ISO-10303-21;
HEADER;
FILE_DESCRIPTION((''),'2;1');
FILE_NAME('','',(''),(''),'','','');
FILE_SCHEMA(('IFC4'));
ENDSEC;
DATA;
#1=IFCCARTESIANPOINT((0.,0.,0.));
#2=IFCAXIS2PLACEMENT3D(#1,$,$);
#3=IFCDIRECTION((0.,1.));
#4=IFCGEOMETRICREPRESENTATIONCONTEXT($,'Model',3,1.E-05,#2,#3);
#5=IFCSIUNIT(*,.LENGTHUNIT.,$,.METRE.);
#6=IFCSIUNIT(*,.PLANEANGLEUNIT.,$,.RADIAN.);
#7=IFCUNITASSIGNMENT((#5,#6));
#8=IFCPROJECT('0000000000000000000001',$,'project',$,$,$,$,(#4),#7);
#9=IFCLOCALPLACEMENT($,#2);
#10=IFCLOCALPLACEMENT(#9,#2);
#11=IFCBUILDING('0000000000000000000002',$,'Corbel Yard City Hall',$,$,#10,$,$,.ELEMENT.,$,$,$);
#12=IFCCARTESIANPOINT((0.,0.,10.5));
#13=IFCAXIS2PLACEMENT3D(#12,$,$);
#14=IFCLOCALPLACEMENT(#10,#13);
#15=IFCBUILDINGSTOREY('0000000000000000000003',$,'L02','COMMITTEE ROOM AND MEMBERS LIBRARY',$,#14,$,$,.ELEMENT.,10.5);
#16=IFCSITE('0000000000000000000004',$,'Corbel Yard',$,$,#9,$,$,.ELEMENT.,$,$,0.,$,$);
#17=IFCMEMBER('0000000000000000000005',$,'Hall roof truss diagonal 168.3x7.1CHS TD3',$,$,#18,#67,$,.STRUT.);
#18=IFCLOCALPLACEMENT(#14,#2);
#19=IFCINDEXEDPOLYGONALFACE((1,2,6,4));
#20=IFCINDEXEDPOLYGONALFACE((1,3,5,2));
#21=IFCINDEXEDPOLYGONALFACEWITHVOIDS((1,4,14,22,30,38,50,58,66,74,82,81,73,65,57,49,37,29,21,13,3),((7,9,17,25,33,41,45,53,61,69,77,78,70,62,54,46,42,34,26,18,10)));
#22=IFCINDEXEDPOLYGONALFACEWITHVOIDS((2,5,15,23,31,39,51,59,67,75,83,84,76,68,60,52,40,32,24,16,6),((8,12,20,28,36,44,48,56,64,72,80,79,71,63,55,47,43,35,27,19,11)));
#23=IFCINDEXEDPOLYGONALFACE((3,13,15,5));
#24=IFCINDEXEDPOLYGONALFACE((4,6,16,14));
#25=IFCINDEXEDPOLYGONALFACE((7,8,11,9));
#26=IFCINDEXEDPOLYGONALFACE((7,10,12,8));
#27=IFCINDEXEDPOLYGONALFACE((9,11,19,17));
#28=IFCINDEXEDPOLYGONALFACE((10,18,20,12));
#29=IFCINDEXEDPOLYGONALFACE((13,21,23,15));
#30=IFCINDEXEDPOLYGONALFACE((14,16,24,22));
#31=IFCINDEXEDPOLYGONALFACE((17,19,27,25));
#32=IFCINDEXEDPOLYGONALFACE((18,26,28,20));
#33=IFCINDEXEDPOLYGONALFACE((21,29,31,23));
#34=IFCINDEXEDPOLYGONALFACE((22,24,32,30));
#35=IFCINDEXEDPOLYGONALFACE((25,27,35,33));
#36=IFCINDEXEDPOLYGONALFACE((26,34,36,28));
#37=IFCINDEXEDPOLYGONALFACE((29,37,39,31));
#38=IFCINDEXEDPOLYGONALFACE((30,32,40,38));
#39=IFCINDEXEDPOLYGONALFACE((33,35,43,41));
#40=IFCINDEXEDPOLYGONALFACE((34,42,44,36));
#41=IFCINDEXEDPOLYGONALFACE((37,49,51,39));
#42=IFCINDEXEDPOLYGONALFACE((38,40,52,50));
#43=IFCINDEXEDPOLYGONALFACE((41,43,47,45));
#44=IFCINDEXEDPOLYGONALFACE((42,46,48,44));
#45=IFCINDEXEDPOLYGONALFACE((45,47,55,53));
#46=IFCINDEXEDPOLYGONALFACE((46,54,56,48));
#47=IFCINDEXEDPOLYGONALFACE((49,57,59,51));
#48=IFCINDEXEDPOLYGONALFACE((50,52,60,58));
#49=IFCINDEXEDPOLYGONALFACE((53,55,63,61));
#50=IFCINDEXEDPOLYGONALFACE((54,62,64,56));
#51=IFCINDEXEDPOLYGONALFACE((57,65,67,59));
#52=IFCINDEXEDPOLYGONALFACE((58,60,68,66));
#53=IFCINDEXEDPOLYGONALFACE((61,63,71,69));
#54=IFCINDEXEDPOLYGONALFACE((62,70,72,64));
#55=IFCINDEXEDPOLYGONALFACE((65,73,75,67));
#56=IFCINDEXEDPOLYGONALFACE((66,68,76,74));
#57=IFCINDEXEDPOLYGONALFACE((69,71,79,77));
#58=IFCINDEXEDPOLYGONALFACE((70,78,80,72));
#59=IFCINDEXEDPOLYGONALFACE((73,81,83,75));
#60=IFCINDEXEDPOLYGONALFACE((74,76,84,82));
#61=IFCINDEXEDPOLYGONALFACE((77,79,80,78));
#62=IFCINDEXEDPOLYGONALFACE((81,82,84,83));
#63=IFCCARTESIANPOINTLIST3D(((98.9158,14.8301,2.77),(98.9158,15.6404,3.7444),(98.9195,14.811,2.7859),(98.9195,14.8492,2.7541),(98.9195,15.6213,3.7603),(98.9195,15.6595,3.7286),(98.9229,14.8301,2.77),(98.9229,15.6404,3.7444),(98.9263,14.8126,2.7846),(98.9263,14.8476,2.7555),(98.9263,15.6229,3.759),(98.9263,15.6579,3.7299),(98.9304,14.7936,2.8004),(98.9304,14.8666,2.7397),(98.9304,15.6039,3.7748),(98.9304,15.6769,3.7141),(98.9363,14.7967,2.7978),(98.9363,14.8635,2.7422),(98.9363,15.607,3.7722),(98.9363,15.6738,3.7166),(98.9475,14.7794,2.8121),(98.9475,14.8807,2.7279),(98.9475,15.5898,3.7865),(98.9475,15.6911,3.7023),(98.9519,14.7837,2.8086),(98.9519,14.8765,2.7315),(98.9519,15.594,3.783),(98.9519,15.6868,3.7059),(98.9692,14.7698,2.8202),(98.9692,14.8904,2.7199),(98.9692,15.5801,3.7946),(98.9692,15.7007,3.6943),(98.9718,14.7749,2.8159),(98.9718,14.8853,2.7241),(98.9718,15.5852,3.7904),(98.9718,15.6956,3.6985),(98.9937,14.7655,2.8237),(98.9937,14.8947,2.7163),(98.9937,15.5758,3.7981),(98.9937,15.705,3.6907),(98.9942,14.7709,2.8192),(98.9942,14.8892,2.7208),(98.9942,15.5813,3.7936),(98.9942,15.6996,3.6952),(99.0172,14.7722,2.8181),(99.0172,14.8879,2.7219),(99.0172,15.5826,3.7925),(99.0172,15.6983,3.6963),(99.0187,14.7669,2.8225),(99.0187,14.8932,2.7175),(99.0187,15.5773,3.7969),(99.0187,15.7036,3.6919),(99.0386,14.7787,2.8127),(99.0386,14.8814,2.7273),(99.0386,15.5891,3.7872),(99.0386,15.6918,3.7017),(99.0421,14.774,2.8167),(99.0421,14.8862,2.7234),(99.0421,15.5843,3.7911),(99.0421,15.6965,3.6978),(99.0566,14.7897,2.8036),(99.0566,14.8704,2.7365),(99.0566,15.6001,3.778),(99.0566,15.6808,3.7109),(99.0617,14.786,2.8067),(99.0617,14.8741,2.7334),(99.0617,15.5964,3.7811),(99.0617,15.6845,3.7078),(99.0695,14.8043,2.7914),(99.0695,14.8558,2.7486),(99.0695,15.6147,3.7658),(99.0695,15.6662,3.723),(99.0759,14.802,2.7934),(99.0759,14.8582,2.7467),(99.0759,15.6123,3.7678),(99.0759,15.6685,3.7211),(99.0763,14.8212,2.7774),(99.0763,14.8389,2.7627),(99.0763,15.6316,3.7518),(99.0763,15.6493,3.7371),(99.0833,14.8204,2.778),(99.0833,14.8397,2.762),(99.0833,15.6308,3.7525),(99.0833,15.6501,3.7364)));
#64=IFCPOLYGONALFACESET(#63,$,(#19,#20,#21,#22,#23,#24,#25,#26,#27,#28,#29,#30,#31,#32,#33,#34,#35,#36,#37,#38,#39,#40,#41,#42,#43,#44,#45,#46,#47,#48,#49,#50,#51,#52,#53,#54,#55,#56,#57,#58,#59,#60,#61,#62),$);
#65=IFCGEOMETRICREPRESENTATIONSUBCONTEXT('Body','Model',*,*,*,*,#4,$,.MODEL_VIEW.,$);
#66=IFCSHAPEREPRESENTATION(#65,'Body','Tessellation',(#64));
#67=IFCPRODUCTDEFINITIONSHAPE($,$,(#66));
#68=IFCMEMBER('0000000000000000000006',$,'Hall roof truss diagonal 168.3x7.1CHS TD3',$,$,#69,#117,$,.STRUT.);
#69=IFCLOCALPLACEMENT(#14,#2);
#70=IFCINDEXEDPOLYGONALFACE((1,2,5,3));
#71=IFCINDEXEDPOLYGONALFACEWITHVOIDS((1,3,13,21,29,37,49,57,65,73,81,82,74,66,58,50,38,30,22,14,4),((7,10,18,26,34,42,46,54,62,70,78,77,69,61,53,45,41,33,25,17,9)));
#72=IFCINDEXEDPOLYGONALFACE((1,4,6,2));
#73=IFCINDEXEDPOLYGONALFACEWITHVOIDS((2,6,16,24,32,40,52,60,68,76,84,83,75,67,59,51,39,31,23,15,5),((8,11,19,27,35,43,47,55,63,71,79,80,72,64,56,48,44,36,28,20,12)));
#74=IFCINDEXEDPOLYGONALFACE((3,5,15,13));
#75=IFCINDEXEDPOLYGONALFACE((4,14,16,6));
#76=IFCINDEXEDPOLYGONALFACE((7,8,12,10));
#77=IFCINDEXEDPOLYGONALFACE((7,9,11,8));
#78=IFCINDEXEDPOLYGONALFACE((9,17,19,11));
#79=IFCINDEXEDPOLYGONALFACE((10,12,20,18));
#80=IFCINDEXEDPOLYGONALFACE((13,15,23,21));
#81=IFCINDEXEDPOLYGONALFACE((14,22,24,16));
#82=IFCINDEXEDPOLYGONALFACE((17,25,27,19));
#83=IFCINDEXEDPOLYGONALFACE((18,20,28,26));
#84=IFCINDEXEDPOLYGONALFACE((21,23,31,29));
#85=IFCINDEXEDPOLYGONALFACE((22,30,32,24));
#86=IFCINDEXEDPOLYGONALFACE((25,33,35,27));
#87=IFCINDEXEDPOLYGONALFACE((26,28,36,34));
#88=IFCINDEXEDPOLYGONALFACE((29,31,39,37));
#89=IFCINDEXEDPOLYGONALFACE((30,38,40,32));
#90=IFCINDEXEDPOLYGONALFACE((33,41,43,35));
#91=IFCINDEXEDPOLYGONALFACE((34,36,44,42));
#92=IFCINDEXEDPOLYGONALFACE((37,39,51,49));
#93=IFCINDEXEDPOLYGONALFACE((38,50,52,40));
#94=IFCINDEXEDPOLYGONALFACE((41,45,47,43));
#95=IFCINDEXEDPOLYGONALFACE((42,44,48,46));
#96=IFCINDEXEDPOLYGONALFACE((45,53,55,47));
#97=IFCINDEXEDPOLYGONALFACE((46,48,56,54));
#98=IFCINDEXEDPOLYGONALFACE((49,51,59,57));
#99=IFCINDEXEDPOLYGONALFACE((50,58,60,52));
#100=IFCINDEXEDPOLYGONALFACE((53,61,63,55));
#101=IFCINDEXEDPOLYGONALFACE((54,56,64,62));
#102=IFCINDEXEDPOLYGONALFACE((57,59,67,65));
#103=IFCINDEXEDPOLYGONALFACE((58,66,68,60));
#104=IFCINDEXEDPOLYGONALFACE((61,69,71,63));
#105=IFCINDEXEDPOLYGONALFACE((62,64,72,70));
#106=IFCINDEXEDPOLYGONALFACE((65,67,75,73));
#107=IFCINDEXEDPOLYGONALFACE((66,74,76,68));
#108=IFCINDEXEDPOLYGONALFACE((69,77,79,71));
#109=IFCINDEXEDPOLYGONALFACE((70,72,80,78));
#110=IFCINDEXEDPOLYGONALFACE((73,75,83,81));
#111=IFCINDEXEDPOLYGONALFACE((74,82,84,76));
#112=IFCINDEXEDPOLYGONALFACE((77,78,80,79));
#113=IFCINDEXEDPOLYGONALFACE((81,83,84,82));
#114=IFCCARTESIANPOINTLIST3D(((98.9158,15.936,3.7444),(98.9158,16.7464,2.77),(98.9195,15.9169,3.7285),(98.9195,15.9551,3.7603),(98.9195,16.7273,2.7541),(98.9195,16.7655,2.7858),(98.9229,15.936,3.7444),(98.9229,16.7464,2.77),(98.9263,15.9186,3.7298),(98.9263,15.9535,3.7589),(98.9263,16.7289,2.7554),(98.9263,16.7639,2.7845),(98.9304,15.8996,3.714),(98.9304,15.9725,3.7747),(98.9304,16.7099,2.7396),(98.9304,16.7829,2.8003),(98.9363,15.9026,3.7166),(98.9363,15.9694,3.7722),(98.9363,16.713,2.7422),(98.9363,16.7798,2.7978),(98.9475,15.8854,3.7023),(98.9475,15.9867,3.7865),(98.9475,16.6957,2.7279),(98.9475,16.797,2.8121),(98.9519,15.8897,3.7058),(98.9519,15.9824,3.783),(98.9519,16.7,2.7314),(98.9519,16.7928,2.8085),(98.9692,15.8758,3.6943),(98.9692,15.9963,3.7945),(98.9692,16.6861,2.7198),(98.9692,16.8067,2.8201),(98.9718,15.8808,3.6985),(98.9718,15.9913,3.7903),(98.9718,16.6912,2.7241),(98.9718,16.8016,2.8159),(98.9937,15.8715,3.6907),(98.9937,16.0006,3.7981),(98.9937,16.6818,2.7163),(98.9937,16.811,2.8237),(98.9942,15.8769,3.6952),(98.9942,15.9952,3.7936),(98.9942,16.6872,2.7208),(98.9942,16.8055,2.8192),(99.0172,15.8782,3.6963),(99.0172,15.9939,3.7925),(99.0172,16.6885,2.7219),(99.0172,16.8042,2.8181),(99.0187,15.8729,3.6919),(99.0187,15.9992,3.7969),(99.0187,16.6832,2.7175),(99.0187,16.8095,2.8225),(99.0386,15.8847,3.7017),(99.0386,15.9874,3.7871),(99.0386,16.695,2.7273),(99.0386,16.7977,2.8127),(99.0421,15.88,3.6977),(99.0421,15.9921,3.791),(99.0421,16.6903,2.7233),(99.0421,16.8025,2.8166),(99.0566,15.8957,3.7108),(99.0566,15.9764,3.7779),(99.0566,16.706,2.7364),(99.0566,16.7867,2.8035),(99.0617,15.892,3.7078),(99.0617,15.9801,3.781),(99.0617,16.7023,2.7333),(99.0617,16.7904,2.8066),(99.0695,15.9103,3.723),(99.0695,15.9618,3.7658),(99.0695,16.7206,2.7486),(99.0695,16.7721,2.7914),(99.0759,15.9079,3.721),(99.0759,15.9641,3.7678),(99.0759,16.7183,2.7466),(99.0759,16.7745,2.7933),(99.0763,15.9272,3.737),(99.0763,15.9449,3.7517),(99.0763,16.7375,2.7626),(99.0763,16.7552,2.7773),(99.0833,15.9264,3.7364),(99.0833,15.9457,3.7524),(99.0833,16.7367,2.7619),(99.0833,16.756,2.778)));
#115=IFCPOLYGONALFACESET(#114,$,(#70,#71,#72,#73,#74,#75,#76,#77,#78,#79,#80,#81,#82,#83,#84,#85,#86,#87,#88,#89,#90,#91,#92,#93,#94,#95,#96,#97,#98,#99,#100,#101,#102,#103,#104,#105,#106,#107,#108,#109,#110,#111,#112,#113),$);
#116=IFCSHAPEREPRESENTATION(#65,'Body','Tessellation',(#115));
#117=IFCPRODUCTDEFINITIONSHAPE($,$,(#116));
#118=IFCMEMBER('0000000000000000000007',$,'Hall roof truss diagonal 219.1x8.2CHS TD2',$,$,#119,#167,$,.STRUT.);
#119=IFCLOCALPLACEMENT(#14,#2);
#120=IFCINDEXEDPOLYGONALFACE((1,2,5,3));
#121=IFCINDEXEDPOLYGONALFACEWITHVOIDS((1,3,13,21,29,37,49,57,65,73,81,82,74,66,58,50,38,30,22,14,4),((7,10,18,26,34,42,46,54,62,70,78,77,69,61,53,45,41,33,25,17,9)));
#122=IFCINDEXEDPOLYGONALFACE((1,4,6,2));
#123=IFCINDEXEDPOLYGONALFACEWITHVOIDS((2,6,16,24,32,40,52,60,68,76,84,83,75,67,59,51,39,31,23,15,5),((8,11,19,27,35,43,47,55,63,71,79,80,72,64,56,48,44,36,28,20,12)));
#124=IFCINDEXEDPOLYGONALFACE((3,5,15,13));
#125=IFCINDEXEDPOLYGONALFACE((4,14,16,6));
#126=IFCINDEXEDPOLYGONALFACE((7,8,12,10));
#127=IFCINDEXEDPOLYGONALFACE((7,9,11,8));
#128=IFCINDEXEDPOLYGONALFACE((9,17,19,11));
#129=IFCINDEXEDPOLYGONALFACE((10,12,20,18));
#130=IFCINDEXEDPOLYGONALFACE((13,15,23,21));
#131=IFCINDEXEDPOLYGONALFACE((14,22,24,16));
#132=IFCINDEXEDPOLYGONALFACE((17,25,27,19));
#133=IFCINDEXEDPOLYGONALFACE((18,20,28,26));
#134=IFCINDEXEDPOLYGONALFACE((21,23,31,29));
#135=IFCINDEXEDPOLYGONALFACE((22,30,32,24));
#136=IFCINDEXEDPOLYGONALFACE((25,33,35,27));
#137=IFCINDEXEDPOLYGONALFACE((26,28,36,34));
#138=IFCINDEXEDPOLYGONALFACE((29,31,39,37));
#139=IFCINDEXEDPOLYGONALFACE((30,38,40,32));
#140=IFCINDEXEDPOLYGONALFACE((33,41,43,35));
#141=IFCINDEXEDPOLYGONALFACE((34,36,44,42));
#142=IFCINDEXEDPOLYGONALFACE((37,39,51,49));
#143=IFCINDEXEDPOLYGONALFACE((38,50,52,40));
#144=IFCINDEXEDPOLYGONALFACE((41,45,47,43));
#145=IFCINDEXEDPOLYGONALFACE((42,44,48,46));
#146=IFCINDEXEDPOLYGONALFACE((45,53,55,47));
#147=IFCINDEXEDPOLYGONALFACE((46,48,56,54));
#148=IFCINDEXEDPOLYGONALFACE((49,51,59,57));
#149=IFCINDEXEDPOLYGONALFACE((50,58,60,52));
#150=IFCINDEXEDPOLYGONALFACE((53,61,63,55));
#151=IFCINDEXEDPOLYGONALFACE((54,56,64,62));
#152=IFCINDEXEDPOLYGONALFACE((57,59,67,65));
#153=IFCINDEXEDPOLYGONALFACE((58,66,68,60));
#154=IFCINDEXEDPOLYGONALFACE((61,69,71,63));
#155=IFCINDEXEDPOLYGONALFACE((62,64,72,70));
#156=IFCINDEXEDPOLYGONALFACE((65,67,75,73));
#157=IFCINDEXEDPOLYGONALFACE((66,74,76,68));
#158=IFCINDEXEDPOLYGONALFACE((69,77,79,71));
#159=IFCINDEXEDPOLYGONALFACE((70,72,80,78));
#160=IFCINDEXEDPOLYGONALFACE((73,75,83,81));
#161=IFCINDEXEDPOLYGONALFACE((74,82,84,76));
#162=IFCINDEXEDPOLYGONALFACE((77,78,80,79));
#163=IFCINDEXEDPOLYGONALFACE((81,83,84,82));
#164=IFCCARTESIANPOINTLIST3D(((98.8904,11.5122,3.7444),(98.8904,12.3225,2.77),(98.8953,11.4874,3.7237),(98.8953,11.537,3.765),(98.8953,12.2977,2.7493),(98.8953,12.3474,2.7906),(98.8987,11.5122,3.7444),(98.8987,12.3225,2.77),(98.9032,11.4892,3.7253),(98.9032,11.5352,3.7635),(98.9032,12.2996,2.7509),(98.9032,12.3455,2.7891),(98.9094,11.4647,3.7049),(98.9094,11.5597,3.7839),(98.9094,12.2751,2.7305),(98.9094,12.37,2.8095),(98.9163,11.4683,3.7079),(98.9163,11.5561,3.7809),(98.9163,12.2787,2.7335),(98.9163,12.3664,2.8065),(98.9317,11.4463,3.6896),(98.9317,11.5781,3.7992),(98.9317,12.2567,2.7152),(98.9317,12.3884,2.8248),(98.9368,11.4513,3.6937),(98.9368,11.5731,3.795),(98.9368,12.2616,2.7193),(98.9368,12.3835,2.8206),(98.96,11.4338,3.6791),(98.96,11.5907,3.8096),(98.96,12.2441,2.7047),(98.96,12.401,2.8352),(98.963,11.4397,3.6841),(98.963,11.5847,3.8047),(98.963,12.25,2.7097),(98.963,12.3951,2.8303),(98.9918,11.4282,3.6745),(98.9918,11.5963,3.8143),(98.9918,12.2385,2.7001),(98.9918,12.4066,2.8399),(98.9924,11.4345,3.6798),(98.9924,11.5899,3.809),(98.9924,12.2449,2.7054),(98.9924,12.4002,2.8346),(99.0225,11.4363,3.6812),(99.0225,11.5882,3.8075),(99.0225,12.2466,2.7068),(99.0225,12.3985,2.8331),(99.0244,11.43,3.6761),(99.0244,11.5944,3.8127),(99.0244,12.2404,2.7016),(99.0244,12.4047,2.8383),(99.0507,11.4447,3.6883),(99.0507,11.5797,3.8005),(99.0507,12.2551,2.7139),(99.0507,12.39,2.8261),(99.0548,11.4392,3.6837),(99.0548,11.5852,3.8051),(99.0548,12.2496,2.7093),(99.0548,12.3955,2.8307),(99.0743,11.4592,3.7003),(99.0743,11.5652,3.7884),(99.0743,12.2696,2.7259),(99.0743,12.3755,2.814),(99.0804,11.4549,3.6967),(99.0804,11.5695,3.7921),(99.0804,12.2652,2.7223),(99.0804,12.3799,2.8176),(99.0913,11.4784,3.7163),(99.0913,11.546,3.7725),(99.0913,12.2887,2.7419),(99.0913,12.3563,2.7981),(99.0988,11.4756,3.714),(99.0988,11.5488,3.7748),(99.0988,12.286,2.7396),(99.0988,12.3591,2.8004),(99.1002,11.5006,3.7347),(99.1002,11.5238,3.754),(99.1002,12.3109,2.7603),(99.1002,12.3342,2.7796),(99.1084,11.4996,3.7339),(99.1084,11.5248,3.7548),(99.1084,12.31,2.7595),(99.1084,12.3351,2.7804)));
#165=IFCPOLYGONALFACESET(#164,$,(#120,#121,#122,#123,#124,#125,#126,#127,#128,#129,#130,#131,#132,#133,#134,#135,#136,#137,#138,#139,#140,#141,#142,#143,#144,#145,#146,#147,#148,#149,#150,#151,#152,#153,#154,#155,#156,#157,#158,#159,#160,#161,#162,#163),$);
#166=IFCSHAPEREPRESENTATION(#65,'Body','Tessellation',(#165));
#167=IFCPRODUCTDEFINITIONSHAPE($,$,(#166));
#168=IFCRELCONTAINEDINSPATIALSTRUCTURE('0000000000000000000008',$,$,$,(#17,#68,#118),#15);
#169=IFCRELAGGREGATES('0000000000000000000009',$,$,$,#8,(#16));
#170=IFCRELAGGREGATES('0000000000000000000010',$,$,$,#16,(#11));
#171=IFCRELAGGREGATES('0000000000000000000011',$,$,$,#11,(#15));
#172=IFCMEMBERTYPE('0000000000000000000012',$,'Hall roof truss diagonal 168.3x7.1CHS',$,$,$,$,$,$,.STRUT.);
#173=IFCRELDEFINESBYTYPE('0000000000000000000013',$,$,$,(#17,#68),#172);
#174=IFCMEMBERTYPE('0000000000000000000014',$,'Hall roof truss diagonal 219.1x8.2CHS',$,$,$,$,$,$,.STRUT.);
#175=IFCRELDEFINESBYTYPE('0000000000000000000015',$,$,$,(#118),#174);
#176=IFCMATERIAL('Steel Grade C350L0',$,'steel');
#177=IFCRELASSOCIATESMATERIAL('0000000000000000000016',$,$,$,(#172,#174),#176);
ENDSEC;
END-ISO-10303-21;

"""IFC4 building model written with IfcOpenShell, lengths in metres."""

from ifc_helpers import new_model, si_unit, direction, frame, origin, origin_2d, place, context, subcontext, project, spatial, hollow_circle, extrude, material, material_profile, profile_set, type_object, element, save


model = new_model("IFC4")

# Units and contexts
model_context = context("Model", 3, precision=1e-05, world=origin(), true_north=direction((0.0, 1.0)))
body_context = subcontext(model_context, "Body", "Model", "MODEL_VIEW")
ifc_project = project(units=[si_unit("LENGTHUNIT", "METRE"), si_unit("PLANEANGLEUNIT", "RADIAN")], contexts=[model_context])

# Site, building, storey
site_placement = place(None, origin())
site = spatial("IfcSite", under=ifc_project, at=site_placement, Name="Corbel Yard", CompositionType="ELEMENT", RefElevation=0.0)
building_placement = place(site_placement, origin())
building = spatial("IfcBuilding", under=site, at=building_placement, Name="Corbel Yard City Hall", CompositionType="ELEMENT")
storey_placement = place(building_placement, frame((0.0, 0.0, 10.5)))
storey = spatial("IfcBuildingStorey", under=building, at=storey_placement, Name="L02", Description="COMMITTEE ROOM AND MEMBERS LIBRARY", CompositionType="ELEMENT", Elevation=10.5)

# Shared definitions
ifc_material_1 = material(Name="Steel Grade C350L0", Category="steel")

# Members
ifc_material_profile_1 = material_profile(ifc_material_1, hollow_circle(Radius=0.0842, WallThickness=0.0071, at=origin_2d()), Name="168.3x7.1CHS")
ifc_profile_set_1 = profile_set([ifc_material_profile_1], Name="Steel Grade C350L0")
member_type_1 = type_object("IfcMemberType", Name="Hall roof truss diagonal 168.3x7.1CHS", PredefinedType="STRUT", material=ifc_profile_set_1)
for number, where, z_axis, x_axis, name in (
    (1, (99.0, 14.8301, 2.77), (0.0, 0.639407, 0.768868), (-1.0, 0.0, 0.0), "Hall roof truss diagonal 168.3x7.1CHS TD3"),
    (2, (99.0, 15.936, 3.7444), (0.0, 0.639407, -0.768868), (-1.0, 0.0, 0.0), "Hall roof truss diagonal 168.3x7.1CHS TD3"),
):
    element("IfcMember", number, at=place(storey_placement, frame(where, z_axis=z_axis, x_axis=x_axis)), inside=storey, type_object=member_type_1, Name=name, PredefinedType="STRUT", context=body_context, shape_type="SweptSolid", body=[
        extrude(hollow_circle(Radius=0.0842, WallThickness=0.0071, at=origin_2d()), origin(), (0.0, 0.0, 1.0), 1.2673),
    ])
ifc_material_profile_2 = material_profile(ifc_material_1, hollow_circle(Radius=0.1096, WallThickness=0.0083, at=origin_2d()), Name="219.1x8.2CHS")
ifc_profile_set_2 = profile_set([ifc_material_profile_2], Name="Steel Grade C350L0")
member_type_2 = type_object("IfcMemberType", Name="Hall roof truss diagonal 219.1x8.2CHS", PredefinedType="STRUT", material=ifc_profile_set_2)
for number, where, z_axis, x_axis, name in (
    (3, (99.0, 11.5122, 3.7444), (0.0, 0.639407, -0.768868), (-1.0, 0.0, 0.0), "Hall roof truss diagonal 219.1x8.2CHS TD2"),
):
    element("IfcMember", number, at=place(storey_placement, frame(where, z_axis=z_axis, x_axis=x_axis)), inside=storey, type_object=member_type_2, Name=name, PredefinedType="STRUT", context=body_context, shape_type="SweptSolid", body=[
        extrude(hollow_circle(Radius=0.1096, WallThickness=0.0083, at=origin_2d()), origin(), (0.0, 0.0, 1.0), 1.2673),
    ])

save(model, "model.ifc")
